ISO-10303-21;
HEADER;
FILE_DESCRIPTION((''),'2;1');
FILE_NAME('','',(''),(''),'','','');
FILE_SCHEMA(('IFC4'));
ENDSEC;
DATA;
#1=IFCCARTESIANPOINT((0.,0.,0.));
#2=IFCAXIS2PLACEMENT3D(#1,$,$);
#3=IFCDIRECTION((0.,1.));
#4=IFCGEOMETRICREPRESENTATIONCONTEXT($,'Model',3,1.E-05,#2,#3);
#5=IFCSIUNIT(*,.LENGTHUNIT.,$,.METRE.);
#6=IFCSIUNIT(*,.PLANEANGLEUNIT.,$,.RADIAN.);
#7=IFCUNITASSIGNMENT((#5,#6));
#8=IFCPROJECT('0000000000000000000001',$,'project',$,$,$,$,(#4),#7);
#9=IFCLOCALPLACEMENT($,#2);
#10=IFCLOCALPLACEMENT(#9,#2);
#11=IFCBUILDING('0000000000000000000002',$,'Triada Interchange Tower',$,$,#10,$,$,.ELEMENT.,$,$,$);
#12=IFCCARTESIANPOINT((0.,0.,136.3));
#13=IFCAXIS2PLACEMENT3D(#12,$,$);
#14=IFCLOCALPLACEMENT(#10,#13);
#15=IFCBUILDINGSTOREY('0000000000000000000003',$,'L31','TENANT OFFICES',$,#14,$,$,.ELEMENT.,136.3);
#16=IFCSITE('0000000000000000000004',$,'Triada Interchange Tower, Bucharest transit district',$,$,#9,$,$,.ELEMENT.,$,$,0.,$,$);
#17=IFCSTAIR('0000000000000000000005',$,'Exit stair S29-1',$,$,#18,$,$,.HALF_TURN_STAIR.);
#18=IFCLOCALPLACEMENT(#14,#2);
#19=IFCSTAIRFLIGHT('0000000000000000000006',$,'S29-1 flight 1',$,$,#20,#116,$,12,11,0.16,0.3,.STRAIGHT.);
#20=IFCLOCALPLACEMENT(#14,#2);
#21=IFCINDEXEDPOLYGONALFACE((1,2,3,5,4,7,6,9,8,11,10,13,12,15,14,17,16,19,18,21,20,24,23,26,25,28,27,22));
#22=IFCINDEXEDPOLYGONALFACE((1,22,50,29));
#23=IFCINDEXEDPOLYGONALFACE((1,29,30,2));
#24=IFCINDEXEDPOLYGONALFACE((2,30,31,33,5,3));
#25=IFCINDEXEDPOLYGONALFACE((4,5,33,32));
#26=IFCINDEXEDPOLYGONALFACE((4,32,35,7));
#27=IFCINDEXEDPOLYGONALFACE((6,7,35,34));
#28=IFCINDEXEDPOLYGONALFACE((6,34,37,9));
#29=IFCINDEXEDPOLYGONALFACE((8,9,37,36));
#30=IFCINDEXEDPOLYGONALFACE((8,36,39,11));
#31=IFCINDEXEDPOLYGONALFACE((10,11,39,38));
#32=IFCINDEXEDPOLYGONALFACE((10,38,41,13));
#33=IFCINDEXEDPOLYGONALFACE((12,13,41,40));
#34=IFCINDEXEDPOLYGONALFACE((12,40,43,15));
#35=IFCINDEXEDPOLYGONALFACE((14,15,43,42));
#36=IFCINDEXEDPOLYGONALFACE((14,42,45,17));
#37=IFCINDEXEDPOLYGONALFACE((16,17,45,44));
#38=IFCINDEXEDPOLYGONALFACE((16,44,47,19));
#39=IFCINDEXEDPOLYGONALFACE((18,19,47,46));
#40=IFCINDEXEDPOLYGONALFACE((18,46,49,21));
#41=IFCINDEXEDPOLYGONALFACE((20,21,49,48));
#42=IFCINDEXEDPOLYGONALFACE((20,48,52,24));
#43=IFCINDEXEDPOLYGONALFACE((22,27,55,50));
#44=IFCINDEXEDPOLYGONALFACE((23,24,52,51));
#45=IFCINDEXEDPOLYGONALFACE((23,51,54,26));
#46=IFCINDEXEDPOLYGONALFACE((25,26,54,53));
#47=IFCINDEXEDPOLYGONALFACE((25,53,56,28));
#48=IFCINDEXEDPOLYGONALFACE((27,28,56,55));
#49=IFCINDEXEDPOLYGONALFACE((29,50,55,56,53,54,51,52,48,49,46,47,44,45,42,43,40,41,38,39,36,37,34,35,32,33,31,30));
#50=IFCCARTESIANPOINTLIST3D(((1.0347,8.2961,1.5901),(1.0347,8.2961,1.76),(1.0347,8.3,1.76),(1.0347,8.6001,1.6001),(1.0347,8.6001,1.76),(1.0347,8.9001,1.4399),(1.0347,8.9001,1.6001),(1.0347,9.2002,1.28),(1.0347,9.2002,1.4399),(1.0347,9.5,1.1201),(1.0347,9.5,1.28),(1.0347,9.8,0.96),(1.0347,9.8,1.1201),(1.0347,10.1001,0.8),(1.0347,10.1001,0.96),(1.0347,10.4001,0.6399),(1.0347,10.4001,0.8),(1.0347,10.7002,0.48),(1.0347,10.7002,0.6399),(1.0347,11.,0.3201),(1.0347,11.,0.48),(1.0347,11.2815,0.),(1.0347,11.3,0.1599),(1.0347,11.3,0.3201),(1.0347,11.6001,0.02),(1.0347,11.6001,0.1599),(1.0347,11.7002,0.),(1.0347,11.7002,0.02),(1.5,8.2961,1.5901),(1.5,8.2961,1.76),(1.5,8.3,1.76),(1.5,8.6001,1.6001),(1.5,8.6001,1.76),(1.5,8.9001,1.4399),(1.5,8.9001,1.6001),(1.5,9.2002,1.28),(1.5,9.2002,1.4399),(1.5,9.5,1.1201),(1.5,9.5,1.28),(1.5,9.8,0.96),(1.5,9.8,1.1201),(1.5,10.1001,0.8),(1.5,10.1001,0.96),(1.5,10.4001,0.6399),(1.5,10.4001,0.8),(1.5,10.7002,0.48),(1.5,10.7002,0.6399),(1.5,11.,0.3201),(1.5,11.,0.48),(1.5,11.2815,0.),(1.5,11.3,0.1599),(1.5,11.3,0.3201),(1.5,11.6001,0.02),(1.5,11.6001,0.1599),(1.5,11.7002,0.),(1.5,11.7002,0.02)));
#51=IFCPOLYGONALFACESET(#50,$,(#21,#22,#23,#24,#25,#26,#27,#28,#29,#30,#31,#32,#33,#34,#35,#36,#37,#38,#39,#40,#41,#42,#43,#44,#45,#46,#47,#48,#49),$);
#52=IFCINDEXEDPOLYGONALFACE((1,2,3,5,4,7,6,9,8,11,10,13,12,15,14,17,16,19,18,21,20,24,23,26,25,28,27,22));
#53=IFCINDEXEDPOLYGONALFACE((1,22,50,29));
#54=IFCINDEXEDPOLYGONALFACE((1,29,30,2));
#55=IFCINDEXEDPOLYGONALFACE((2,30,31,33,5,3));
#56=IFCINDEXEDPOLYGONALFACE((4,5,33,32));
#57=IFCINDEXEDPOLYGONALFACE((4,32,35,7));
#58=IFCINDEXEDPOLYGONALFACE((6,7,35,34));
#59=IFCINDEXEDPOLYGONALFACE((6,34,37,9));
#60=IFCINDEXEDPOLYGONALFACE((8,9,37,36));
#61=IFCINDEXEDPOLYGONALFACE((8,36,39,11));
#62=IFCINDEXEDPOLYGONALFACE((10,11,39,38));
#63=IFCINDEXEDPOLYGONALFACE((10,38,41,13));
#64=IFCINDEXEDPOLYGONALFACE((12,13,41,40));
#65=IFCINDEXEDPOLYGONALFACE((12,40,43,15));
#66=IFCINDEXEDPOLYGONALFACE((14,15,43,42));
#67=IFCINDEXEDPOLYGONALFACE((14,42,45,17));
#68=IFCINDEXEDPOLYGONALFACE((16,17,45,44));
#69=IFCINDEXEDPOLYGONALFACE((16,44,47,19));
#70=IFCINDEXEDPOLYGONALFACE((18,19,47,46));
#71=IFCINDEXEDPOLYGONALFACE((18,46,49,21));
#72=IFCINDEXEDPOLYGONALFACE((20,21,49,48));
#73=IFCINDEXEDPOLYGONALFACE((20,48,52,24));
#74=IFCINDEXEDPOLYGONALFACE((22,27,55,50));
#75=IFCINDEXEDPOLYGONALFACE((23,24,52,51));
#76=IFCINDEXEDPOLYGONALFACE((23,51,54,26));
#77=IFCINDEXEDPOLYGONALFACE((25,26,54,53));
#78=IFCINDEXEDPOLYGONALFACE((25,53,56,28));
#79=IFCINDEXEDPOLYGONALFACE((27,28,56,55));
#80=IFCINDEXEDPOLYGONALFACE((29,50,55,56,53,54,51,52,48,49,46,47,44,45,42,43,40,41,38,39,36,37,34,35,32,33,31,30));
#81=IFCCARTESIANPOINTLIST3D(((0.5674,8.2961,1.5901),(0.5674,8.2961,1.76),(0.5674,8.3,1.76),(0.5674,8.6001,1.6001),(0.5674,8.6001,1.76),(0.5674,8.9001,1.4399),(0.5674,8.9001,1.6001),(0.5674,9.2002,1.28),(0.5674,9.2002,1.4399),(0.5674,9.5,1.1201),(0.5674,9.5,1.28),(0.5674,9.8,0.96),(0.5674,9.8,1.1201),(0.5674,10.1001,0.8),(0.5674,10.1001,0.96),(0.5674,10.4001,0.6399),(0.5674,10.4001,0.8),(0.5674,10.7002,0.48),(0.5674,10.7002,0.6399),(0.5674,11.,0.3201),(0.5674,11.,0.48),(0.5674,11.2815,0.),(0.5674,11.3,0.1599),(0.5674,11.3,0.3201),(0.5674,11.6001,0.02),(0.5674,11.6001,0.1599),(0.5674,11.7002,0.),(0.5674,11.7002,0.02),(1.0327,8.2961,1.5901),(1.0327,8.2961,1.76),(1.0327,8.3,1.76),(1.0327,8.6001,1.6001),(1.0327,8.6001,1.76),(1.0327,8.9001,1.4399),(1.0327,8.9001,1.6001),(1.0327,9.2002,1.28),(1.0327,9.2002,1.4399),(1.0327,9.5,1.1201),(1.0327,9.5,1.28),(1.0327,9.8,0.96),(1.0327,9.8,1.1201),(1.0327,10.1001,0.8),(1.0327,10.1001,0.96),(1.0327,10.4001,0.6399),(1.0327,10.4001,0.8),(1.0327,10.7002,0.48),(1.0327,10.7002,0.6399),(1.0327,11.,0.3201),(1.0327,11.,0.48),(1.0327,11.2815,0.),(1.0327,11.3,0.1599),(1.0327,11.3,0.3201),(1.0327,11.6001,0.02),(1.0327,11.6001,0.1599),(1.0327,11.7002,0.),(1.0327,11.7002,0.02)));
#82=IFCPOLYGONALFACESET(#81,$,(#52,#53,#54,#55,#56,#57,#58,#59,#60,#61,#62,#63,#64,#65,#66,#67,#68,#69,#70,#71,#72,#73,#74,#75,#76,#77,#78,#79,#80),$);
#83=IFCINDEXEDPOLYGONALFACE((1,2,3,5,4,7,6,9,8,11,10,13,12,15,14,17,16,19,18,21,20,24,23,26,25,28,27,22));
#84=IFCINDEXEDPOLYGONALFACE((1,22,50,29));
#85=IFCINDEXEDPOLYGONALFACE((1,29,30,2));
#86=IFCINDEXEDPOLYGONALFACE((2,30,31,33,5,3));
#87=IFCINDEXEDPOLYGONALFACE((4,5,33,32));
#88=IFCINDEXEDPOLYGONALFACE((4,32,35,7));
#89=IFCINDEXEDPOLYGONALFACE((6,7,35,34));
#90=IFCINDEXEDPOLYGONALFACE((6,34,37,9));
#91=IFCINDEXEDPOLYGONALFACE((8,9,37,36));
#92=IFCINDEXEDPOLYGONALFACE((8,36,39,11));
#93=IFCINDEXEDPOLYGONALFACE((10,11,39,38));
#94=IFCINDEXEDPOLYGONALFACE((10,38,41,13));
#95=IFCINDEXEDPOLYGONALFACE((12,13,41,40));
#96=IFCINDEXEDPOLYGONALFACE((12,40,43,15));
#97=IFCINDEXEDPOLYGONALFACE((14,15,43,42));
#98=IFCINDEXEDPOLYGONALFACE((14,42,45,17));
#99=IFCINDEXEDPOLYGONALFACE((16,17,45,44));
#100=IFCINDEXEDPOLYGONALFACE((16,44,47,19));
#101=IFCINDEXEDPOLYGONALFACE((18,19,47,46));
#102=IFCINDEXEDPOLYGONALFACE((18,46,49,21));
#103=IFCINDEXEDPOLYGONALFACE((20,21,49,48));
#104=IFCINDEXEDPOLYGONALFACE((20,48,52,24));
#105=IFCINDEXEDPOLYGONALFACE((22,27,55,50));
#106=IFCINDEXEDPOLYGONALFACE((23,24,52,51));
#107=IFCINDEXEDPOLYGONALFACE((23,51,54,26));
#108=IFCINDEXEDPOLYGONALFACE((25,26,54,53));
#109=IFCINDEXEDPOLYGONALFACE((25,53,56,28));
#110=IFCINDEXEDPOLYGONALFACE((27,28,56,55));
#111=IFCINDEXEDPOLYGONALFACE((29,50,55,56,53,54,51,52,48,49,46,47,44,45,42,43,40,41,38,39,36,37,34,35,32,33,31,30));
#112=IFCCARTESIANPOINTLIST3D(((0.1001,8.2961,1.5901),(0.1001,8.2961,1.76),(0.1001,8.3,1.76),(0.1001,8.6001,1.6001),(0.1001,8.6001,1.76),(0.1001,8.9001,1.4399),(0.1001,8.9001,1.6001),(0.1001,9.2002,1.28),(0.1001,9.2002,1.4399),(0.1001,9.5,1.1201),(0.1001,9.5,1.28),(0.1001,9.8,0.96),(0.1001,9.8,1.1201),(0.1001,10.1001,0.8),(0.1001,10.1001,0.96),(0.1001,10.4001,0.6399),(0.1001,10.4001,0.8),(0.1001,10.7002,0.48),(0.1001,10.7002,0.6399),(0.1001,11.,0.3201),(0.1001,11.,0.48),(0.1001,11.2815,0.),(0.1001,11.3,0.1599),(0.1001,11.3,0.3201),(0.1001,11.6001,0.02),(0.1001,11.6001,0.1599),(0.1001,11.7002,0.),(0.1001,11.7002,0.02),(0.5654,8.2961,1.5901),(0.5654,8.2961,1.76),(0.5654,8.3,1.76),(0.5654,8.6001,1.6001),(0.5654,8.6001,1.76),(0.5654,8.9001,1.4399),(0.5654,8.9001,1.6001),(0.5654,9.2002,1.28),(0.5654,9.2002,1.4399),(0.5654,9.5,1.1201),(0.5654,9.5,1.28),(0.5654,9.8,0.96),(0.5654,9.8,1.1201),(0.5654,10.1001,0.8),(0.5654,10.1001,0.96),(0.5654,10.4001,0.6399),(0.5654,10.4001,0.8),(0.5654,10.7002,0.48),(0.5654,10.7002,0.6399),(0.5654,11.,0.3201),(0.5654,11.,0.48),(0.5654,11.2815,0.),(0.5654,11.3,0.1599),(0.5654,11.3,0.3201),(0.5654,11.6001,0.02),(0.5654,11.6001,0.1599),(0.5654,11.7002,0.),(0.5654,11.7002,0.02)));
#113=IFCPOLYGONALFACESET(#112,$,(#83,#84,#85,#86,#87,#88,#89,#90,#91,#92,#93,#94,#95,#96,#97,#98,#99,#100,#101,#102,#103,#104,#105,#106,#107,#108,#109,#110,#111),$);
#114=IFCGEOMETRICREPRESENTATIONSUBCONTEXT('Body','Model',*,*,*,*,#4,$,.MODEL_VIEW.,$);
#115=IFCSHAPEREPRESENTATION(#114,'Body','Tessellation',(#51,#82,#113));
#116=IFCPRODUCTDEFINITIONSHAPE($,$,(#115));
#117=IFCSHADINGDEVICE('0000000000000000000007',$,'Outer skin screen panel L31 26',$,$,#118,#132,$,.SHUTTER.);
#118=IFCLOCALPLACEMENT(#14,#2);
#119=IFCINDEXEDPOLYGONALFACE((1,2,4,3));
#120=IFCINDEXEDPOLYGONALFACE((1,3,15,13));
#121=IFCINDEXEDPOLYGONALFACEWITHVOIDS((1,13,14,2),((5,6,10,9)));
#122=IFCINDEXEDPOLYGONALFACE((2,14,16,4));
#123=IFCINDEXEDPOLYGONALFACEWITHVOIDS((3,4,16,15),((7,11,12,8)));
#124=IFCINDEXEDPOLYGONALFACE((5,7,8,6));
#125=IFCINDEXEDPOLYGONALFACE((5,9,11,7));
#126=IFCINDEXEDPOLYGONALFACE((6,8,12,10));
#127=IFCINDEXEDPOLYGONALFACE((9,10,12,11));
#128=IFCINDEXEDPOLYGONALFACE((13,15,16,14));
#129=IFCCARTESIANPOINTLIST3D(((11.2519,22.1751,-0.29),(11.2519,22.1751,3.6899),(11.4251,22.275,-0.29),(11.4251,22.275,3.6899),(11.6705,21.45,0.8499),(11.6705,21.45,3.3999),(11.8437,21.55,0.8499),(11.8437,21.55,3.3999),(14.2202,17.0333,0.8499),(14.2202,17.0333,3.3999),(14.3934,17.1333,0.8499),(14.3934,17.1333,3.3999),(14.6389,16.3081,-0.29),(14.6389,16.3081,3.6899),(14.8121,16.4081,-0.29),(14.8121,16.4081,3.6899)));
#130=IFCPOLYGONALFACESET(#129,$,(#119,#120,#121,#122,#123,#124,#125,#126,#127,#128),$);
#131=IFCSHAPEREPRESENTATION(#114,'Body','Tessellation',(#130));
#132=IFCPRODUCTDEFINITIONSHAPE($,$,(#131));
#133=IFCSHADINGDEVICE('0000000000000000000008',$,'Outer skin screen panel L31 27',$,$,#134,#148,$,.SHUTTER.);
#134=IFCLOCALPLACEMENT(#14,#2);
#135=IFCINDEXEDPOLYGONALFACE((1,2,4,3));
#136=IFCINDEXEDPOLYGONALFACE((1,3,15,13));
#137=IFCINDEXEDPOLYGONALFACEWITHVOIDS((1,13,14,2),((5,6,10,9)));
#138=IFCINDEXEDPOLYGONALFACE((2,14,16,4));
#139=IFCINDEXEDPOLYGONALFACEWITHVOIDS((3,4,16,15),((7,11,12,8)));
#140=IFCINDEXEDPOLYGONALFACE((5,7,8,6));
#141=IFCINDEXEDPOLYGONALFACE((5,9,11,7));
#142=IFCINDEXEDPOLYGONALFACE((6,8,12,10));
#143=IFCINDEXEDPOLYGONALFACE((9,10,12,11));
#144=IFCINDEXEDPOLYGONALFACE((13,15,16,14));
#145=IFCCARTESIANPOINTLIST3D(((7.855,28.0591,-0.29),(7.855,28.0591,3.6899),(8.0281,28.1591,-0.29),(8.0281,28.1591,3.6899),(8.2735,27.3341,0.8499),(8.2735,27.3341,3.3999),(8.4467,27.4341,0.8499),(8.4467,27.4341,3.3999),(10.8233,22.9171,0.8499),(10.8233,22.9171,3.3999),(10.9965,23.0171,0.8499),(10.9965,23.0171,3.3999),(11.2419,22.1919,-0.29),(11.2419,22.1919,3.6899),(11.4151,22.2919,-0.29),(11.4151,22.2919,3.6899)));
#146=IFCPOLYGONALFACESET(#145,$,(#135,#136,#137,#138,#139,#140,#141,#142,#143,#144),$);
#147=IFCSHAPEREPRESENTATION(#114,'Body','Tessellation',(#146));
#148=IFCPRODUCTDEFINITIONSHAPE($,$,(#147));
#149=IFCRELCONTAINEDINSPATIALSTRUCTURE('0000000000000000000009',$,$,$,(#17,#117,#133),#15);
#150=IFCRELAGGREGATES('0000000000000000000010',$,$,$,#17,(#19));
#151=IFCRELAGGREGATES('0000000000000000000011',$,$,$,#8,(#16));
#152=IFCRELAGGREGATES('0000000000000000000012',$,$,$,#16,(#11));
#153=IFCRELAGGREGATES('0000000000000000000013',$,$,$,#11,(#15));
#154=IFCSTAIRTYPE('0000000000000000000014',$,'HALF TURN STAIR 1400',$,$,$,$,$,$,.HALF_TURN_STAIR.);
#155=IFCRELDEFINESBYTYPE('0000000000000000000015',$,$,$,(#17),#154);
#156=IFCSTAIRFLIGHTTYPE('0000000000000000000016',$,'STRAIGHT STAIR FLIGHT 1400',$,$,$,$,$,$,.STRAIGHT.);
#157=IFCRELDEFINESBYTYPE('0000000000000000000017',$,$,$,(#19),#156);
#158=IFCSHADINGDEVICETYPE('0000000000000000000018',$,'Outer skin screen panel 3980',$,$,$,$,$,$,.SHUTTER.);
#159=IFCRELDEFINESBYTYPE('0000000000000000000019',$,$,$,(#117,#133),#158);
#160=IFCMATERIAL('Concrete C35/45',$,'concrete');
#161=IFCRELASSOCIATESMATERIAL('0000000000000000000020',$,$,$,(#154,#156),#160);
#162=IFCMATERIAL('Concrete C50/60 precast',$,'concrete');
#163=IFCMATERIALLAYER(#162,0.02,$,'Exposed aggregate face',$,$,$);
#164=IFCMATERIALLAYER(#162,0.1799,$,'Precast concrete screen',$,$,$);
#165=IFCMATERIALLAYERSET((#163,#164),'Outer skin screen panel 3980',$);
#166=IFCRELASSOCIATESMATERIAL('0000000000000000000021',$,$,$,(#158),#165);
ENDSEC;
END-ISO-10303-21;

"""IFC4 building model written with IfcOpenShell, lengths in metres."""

from ifc_helpers import new_model, si_unit, direction, frame, origin, place, context, subcontext, project, spatial, polyline, outline, extrude, material, layer, layer_set, type_object, element, aggregate, save


model = new_model("IFC4")

# Units and contexts
model_context = context("Model", 3, precision=1e-05, world=origin(), true_north=direction((0.0, 1.0)))
body_context = subcontext(model_context, "Body", "Model", "MODEL_VIEW")
ifc_project = project(units=[si_unit("LENGTHUNIT", "METRE"), si_unit("PLANEANGLEUNIT", "RADIAN")], contexts=[model_context])

# Site, building, storey
site_placement = place(None, origin())
site = spatial("IfcSite", under=ifc_project, at=site_placement, Name="Triada Interchange Tower, Bucharest transit district", CompositionType="ELEMENT", RefElevation=0.0)
building_placement = place(site_placement, origin())
building = spatial("IfcBuilding", under=site, at=building_placement, Name="Triada Interchange Tower", CompositionType="ELEMENT")
storey_placement = place(building_placement, frame((0.0, 0.0, 136.3)))
storey = spatial("IfcBuildingStorey", under=building, at=storey_placement, Name="L31", Description="TENANT OFFICES", CompositionType="ELEMENT", Elevation=136.3)

# Stair, stair flight
ifc_material_1 = material(Name="Concrete C35/45", Category="concrete")
stair_type = type_object("IfcStairType", Name="HALF TURN STAIR 1400", PredefinedType="HALF_TURN_STAIR", material=ifc_material_1)
stair_placement = place(storey_placement, origin())
stair = element("IfcStair", 1, at=stair_placement, inside=storey, type_object=stair_type, Name="Exit stair S29-1", PredefinedType="HALF_TURN_STAIR")
stair_flight_type = type_object("IfcStairFlightType", Name="STRAIGHT STAIR FLIGHT 1400", PredefinedType="STRAIGHT", material=ifc_material_1)
stair_flight_placement = place(storey_placement, frame((0.8, 11.6001, 0.0), z_axis=(0.0, 0.0, 1.0), x_axis=(0.0, -1.0, 0.0)))
stair_flight = element("IfcStairFlight", 2, at=stair_flight_placement, type_object=stair_flight_type, Name="S29-1 flight 1", NumberOfRisers=12, NumberOfTreads=11, PredefinedType="STRAIGHT", RiserHeight=0.16, TreadLength=0.3, context=body_context, shape_type="SweptSolid", body=[
    extrude(outline(polyline([(-0.1001, 0.0), (-0.1001, 0.02), (0.0, 0.02), (0.0, 0.1599), (0.3, 0.1599), (0.3, 0.3201), (0.6001, 0.3201), (0.6001, 0.48), (0.8999, 0.48), (0.8999, 0.6399), (1.2, 0.6399), (1.2, 0.8), (1.5, 0.8), (1.5, 0.96), (1.8, 0.96), (1.8, 1.1201), (2.1001, 1.1201), (2.1001, 1.28), (2.3999, 1.28), (2.3999, 1.4399), (2.7, 1.4399), (2.7, 1.6001), (3.0, 1.6001), (3.0, 1.76), (3.3, 1.76), (3.304, 1.76), (3.304, 1.9199), (3.304, 1.5901), (0.3186, 0.0), (-0.1001, 0.0)])), frame((0.0, 0.7, 0.0), z_axis=(0.0, -1.0, 0.0), x_axis=(1.0, 0.0, 0.0)), (0.0, 0.0, 1.0), 0.4653),
    extrude(outline(polyline([(-0.1001, 0.0), (-0.1001, 0.02), (0.0, 0.02), (0.0, 0.1599), (0.3, 0.1599), (0.3, 0.3201), (0.6001, 0.3201), (0.6001, 0.48), (0.8999, 0.48), (0.8999, 0.6399), (1.2, 0.6399), (1.2, 0.8), (1.5, 0.8), (1.5, 0.96), (1.8, 0.96), (1.8, 1.1201), (2.1001, 1.1201), (2.1001, 1.28), (2.3999, 1.28), (2.3999, 1.4399), (2.7, 1.4399), (2.7, 1.6001), (3.0, 1.6001), (3.0, 1.76), (3.3, 1.76), (3.304, 1.76), (3.304, 1.9199), (3.304, 1.5901), (0.3186, 0.0), (-0.1001, 0.0)])), frame((0.0, 0.2327, 0.0), z_axis=(0.0, -1.0, 0.0), x_axis=(1.0, 0.0, 0.0)), (0.0, 0.0, 1.0), 0.4653),
    extrude(outline(polyline([(-0.1001, 0.0), (-0.1001, 0.02), (0.0, 0.02), (0.0, 0.1599), (0.3, 0.1599), (0.3, 0.3201), (0.6001, 0.3201), (0.6001, 0.48), (0.8999, 0.48), (0.8999, 0.6399), (1.2, 0.6399), (1.2, 0.8), (1.5, 0.8), (1.5, 0.96), (1.8, 0.96), (1.8, 1.1201), (2.1001, 1.1201), (2.1001, 1.28), (2.3999, 1.28), (2.3999, 1.4399), (2.7, 1.4399), (2.7, 1.6001), (3.0, 1.6001), (3.0, 1.76), (3.3, 1.76), (3.304, 1.76), (3.304, 1.9199), (3.304, 1.5901), (0.3186, 0.0), (-0.1001, 0.0)])), frame((0.0, -0.2346, 0.0), z_axis=(0.0, -1.0, 0.0), x_axis=(1.0, 0.0, 0.0)), (0.0, 0.0, 1.0), 0.4653),
])

# Shading devices
ifc_material_2 = material(Name="Concrete C50/60 precast", Category="concrete")
ifc_layer_1 = layer(ifc_material_2, 0.02, Name="Exposed aggregate face")
ifc_layer_2 = layer(ifc_material_2, 0.1799, Name="Precast concrete screen")
ifc_layer_set_1 = layer_set([ifc_layer_1, ifc_layer_2], Name="Outer skin screen panel 3980")
shading_device_type = type_object("IfcShadingDeviceType", Name="Outer skin screen panel 3980", PredefinedType="SHUTTER", material=ifc_layer_set_1)
shading_device_1_placement = place(storey_placement, frame((14.6389, 16.3081, -0.29), z_axis=(0.0, 0.0, 1.0), x_axis=(-0.499965, 0.866046, 0.0)))
element("IfcShadingDevice", 3, at=shading_device_1_placement, inside=storey, type_object=shading_device_type, Name="Outer skin screen panel L31 26", PredefinedType="SHUTTER", context=body_context, shape_type="SweptSolid", body=[
    extrude(outline(polyline([(0.0, 0.0), (6.7744, 0.0), (6.7744, 3.98), (0.0, 3.98), (0.0, 0.0)]), holes=[polyline([(0.8374, 1.1399), (0.8374, 3.6899), (5.9373, 3.6899), (5.9373, 1.1399), (0.8374, 1.1399)])]), frame((0.0, 0.0, 0.0), z_axis=(0.0, -1.0, 0.0), x_axis=(1.0, 0.0, 0.0)), (0.0, 0.0, 1.0), 0.2),
])
shading_device_2_placement = place(storey_placement, frame((11.2419, 22.1919, -0.29), z_axis=(0.0, 0.0, 1.0), x_axis=(-0.499949, 0.866055, 0.0)))
element("IfcShadingDevice", 4, at=shading_device_2_placement, inside=storey, type_object=shading_device_type, Name="Outer skin screen panel L31 27", PredefinedType="SHUTTER", context=body_context, shape_type="SweptSolid", body=[
    extrude(outline(polyline([(0.0, 0.0), (6.7747, 0.0), (6.7747, 3.98), (0.0, 3.98), (0.0, 0.0)]), holes=[polyline([(0.8374, 1.1399), (0.8374, 3.6899), (5.9375, 3.6899), (5.9375, 1.1399), (0.8374, 1.1399)])]), frame((0.0, 0.0, 0.0), z_axis=(0.0, -1.0, 0.0), x_axis=(1.0, 0.0, 0.0)), (0.0, 0.0, 1.0), 0.2),
])

aggregate(stair, [stair_flight])

save(model, "model.ifc")
